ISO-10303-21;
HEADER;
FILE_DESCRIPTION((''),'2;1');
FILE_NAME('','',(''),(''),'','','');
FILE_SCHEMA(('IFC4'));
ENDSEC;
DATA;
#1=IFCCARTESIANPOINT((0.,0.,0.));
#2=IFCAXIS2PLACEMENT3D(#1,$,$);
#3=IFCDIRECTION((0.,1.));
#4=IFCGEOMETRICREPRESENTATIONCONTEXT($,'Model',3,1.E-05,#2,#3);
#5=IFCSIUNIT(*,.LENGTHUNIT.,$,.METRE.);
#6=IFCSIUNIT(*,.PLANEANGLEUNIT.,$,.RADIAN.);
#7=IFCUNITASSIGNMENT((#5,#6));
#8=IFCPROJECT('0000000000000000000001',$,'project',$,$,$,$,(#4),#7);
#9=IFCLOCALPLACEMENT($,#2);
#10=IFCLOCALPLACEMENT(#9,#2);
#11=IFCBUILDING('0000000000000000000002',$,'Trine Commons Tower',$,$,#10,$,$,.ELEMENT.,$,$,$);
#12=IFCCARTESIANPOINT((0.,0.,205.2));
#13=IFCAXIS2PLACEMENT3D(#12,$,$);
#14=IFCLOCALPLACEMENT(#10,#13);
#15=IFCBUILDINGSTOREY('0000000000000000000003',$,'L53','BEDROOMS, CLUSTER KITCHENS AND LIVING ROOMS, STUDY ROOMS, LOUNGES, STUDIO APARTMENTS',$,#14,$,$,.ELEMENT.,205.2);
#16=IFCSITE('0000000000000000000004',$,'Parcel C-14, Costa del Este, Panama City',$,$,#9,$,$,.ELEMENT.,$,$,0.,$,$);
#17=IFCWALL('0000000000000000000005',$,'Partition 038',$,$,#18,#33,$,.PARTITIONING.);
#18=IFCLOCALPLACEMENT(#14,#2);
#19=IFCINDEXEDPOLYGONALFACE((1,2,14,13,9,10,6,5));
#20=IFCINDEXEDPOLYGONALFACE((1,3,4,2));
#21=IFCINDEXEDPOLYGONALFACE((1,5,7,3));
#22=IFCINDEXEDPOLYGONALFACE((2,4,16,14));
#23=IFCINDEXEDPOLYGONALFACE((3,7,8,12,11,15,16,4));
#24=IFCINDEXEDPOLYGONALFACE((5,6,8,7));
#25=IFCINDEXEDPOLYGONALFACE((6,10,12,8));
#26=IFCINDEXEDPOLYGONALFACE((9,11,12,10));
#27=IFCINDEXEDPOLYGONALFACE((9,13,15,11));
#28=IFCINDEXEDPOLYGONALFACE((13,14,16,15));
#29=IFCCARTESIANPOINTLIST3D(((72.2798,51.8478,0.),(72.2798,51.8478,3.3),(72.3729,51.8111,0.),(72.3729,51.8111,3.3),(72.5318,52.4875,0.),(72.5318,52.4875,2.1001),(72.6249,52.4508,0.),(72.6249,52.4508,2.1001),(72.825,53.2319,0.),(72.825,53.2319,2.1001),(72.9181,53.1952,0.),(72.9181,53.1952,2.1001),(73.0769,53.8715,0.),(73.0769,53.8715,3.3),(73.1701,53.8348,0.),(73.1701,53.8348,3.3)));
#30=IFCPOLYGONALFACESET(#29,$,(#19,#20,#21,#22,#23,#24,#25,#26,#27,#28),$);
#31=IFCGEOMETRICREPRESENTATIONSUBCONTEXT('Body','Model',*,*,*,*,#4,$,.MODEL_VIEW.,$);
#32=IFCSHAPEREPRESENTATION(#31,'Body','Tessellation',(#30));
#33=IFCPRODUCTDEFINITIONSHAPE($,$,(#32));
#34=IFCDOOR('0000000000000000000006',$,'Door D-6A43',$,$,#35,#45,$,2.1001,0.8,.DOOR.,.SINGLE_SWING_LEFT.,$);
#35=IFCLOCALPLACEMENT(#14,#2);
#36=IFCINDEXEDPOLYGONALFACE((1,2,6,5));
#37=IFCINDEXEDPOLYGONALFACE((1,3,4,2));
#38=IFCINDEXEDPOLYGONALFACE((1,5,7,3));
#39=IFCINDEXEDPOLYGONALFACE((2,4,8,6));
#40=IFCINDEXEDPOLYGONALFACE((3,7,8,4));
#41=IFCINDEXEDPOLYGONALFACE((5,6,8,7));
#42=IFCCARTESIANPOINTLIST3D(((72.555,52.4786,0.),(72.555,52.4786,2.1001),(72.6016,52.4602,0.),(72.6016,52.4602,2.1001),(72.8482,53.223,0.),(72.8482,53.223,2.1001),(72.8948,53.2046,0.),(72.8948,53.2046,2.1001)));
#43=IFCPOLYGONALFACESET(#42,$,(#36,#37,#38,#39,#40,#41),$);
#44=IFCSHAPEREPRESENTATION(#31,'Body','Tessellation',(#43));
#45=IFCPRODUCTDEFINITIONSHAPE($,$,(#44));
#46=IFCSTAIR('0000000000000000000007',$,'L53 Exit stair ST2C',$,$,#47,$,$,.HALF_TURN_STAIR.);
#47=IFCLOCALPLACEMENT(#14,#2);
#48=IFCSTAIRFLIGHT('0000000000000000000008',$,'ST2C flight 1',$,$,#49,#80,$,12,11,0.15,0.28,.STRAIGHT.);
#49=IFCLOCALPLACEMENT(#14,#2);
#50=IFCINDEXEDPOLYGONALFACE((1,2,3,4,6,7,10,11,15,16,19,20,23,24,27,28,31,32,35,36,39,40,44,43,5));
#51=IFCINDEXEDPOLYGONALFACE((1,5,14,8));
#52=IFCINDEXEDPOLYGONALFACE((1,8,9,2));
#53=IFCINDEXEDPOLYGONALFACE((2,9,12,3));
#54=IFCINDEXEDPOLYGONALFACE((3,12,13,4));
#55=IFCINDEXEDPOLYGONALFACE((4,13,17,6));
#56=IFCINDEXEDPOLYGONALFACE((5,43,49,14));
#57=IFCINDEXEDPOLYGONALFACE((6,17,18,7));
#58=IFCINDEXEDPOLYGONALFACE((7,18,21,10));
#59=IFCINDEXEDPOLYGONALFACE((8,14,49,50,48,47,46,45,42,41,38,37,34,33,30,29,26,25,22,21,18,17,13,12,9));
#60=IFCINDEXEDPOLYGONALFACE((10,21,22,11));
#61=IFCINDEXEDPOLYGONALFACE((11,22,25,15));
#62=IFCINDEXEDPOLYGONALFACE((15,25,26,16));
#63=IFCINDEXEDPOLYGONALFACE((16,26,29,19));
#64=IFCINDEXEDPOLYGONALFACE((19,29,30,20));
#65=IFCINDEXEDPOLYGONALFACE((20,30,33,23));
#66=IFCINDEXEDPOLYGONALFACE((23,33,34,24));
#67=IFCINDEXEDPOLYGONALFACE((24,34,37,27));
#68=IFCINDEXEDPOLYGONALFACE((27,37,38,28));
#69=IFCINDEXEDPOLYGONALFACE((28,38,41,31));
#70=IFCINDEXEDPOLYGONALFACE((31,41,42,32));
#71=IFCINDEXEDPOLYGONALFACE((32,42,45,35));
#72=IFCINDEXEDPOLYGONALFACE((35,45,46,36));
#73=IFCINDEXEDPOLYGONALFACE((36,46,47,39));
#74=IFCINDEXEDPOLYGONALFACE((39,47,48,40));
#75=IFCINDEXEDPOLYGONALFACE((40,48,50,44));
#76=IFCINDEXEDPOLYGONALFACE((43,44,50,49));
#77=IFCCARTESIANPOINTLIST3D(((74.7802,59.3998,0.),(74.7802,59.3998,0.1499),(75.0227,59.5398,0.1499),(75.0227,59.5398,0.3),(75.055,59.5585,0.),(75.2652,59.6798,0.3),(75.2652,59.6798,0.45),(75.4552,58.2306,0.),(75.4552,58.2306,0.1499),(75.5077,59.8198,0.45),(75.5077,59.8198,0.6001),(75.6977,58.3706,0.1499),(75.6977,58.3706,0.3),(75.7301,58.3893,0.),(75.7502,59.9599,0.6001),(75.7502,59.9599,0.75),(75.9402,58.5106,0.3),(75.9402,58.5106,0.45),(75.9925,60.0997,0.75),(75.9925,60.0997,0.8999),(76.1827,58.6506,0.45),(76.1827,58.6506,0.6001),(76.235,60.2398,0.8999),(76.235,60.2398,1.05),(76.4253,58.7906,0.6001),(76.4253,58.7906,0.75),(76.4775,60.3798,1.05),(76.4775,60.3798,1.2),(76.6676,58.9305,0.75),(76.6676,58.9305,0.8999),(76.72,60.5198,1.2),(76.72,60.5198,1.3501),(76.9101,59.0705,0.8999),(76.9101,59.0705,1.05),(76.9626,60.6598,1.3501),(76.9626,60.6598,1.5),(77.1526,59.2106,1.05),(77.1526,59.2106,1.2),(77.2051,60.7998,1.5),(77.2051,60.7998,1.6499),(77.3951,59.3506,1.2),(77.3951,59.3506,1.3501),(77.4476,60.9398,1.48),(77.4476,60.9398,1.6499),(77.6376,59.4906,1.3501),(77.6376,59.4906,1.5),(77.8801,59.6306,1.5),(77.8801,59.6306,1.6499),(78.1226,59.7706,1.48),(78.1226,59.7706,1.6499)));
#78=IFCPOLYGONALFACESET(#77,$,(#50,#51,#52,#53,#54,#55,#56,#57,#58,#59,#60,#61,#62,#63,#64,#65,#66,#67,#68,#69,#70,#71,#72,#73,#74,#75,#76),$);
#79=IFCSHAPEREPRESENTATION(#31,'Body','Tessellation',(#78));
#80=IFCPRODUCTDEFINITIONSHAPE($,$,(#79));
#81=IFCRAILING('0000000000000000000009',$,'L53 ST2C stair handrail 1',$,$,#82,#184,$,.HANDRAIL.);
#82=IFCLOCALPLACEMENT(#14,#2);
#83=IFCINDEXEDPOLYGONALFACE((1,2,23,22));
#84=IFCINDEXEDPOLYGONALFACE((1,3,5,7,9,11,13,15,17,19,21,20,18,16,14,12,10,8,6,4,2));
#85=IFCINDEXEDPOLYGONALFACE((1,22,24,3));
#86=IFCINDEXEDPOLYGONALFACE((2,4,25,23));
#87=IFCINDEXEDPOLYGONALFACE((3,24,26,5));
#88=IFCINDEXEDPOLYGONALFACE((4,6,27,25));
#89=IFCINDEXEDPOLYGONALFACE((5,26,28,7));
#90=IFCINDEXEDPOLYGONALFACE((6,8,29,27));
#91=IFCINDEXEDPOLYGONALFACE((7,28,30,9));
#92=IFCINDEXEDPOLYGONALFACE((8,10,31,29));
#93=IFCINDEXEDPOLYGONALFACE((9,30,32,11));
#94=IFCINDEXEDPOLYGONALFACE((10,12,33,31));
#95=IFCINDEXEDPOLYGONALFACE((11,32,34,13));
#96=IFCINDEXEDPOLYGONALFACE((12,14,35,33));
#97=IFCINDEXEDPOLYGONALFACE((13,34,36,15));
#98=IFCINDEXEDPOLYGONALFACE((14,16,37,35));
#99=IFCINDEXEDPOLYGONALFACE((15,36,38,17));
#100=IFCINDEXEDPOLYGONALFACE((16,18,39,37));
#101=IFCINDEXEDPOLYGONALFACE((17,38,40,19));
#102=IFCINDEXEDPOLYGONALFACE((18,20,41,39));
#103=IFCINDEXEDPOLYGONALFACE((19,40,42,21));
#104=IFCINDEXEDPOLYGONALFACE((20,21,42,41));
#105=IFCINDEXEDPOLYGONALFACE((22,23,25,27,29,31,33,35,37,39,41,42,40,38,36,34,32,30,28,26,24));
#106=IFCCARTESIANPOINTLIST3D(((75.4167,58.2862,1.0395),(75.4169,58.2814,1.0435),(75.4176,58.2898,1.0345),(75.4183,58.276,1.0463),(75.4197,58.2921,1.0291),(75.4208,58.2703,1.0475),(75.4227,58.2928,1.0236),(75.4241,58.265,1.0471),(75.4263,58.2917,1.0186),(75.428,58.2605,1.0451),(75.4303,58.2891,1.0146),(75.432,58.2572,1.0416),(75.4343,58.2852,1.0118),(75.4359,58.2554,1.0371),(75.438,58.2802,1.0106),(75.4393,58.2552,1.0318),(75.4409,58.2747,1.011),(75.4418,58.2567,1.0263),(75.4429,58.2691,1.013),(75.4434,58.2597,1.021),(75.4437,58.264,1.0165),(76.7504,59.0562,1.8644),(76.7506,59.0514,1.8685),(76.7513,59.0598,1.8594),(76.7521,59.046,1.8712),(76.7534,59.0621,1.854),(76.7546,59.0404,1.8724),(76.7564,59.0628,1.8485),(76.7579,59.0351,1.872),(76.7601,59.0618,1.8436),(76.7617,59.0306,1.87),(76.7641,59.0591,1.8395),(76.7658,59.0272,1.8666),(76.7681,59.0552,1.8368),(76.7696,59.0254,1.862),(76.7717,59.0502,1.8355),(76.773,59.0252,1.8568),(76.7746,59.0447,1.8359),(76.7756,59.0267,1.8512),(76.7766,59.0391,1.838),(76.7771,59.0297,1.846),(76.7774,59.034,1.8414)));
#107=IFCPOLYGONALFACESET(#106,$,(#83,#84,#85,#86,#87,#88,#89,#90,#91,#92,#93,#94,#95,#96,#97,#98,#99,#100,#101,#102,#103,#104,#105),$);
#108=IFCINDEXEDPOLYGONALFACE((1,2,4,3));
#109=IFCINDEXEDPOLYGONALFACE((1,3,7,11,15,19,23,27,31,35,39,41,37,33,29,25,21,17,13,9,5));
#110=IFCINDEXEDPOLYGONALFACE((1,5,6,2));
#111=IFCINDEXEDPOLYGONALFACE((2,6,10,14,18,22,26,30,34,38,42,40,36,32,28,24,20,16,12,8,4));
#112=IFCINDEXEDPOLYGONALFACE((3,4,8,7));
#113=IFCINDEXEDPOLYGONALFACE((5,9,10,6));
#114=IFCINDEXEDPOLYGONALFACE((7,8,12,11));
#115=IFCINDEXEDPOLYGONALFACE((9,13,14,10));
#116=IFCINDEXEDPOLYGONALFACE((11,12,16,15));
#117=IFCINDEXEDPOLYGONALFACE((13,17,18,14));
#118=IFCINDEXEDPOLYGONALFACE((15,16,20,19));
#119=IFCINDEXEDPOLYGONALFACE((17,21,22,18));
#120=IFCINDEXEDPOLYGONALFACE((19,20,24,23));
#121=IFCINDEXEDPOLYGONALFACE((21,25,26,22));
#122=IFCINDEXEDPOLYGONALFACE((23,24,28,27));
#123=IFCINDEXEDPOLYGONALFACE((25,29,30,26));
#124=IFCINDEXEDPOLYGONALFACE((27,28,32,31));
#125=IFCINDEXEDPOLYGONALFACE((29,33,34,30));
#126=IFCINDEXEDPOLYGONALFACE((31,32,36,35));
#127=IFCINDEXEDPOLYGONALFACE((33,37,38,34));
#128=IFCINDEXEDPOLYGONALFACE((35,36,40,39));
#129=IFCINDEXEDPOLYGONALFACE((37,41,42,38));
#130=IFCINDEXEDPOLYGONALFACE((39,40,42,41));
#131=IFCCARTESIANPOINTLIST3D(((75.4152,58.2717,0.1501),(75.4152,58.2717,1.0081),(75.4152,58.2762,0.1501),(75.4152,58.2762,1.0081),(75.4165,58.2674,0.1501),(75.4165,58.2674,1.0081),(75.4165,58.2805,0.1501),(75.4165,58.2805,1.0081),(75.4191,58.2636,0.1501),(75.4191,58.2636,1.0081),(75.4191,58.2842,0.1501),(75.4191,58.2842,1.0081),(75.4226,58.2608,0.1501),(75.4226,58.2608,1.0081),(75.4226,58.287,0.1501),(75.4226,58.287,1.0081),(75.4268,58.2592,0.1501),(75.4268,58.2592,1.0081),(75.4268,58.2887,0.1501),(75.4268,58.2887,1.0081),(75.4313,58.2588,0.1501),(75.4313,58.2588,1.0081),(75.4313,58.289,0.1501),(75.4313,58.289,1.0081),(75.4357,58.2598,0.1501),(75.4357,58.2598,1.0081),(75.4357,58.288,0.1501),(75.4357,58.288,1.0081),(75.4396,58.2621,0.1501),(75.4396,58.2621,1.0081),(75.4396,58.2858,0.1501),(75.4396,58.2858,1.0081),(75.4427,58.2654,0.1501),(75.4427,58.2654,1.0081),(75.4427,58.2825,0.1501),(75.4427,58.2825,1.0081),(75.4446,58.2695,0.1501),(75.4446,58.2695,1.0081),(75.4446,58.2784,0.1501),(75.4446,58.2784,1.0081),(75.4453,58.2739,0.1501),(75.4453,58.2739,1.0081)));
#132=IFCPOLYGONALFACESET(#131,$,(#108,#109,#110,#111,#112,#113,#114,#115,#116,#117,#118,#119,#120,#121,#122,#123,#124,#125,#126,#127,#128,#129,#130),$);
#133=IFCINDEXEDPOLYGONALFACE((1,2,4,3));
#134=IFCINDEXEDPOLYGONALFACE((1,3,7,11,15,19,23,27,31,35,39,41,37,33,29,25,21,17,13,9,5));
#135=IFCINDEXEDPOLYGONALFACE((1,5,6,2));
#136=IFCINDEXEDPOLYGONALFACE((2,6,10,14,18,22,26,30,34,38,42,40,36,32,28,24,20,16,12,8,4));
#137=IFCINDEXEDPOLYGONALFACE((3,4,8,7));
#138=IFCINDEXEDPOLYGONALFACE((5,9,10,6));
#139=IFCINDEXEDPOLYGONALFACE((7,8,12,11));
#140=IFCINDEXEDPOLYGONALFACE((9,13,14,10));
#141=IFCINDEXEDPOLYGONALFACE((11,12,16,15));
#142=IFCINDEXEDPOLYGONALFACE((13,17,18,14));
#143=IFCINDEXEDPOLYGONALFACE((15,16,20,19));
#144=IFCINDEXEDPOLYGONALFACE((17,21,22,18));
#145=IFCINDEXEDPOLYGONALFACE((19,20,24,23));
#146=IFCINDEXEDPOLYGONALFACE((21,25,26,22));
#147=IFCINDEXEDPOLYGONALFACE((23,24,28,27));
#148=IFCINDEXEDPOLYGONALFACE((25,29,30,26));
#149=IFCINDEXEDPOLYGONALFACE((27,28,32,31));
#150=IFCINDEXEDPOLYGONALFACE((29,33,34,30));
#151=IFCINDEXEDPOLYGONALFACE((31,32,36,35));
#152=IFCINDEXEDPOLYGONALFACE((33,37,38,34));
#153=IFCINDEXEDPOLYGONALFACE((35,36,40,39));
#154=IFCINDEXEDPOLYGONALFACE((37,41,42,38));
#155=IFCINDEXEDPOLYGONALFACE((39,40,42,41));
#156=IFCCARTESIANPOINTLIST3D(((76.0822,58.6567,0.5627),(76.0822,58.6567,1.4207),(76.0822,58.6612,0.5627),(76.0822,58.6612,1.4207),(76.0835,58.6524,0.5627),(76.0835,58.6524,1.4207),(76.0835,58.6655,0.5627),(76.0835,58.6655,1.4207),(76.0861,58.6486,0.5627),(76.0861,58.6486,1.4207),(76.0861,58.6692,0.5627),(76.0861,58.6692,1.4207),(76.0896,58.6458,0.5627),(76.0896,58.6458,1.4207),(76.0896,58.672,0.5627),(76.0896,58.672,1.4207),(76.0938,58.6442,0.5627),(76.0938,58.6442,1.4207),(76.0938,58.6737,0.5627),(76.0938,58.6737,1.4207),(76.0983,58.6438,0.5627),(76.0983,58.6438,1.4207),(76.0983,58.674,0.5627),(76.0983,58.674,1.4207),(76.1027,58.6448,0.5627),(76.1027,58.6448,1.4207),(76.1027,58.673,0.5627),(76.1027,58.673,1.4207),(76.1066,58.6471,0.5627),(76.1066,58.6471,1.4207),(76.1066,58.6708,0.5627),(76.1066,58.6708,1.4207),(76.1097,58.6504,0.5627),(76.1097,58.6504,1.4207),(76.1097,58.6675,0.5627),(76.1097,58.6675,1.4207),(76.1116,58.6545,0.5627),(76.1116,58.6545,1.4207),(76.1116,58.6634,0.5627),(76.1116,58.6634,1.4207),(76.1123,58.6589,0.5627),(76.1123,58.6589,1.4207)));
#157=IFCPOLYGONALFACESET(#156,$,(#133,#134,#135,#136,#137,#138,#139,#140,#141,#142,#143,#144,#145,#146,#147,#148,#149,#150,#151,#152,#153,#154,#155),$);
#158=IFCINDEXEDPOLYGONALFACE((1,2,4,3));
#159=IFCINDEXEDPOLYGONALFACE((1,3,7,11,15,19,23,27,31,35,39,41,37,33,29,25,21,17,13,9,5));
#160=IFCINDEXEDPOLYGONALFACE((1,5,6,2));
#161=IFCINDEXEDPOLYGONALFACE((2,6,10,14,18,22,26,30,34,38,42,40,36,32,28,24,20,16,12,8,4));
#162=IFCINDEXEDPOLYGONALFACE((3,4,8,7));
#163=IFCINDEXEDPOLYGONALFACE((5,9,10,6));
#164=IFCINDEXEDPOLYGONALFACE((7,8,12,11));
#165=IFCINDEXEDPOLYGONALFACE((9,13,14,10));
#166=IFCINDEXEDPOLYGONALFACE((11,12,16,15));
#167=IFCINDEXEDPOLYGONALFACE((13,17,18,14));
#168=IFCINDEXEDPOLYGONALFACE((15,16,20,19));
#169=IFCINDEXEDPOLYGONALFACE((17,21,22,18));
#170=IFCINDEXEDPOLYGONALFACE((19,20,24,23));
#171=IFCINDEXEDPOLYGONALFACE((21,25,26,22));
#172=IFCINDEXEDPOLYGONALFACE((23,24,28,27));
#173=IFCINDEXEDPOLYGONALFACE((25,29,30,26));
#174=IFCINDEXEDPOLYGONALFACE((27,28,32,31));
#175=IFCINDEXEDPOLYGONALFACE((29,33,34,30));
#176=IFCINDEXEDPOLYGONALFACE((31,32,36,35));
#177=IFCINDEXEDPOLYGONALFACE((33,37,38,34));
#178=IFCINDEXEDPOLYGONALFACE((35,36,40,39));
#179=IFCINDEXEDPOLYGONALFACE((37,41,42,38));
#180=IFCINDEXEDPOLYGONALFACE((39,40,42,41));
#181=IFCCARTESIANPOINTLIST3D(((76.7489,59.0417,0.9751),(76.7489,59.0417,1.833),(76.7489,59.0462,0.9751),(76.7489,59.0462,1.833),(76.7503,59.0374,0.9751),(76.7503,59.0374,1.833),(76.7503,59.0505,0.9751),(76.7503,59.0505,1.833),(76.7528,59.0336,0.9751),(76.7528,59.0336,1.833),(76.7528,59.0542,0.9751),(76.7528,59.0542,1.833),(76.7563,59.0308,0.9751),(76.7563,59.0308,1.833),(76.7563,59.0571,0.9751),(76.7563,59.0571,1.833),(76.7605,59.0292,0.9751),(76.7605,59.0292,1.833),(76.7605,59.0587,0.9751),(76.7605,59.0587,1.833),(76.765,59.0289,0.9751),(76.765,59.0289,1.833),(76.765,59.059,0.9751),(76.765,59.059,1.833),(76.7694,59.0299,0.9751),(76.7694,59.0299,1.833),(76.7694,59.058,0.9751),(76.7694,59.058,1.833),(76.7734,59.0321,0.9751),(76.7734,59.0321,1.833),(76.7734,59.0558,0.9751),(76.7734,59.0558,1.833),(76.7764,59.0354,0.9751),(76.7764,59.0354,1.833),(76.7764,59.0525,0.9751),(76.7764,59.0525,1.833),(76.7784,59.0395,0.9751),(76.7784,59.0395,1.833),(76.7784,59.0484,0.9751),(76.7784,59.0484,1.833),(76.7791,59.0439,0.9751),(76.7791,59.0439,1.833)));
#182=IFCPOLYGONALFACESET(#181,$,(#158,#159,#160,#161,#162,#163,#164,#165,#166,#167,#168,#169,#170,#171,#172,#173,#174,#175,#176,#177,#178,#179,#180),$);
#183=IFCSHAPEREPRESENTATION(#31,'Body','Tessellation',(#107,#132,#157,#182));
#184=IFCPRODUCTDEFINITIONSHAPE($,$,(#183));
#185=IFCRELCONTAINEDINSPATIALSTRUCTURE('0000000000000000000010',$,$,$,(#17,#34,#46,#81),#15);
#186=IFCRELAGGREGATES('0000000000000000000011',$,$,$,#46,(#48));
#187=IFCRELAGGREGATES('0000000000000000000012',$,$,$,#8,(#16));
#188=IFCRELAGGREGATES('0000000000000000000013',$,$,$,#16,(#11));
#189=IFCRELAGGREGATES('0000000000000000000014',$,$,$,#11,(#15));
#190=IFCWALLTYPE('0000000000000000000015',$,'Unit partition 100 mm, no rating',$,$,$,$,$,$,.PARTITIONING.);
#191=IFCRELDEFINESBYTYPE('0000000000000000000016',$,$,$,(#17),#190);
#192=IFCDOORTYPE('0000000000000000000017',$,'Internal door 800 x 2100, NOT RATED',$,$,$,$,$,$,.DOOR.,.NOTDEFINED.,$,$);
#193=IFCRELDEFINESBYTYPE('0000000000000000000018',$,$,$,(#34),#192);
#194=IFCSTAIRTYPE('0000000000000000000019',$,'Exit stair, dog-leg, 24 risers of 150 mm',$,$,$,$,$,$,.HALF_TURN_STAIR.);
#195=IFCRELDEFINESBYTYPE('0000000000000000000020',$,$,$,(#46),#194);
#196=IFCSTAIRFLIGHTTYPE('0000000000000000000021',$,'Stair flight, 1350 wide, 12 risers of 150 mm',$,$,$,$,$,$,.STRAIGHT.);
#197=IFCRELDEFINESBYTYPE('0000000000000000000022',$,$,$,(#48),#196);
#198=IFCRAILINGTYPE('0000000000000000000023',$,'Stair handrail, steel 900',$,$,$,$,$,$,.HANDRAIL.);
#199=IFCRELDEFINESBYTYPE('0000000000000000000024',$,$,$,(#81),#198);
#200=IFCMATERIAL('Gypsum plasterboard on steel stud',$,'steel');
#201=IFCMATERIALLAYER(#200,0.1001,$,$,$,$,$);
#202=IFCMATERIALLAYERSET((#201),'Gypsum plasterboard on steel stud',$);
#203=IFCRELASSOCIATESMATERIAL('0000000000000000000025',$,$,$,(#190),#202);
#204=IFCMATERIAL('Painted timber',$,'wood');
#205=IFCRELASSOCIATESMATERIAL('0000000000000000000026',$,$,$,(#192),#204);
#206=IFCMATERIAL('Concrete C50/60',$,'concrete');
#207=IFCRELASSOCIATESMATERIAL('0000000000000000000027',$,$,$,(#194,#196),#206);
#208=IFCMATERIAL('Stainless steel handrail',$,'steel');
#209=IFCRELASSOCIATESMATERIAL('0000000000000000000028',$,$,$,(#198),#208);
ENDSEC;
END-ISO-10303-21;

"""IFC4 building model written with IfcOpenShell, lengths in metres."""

from ifc_helpers import new_model, si_unit, direction, frame, frame_2d, origin, origin_2d, place, context, subcontext, project, spatial, polyline, rectangle, circle, outline, extrude, material, layer, layer_set, type_object, element, fill, aggregate, save


model = new_model("IFC4")

# Units and contexts
model_context = context("Model", 3, precision=1e-05, world=origin(), true_north=direction((0.0, 1.0)))
body_context = subcontext(model_context, "Body", "Model", "MODEL_VIEW")
ifc_project = project(units=[si_unit("LENGTHUNIT", "METRE"), si_unit("PLANEANGLEUNIT", "RADIAN")], contexts=[model_context])

# Site, building, storey
site_placement = place(None, origin())
site = spatial("IfcSite", under=ifc_project, at=site_placement, Name="Parcel C-14, Costa del Este, Panama City", CompositionType="ELEMENT", RefElevation=0.0)
building_placement = place(site_placement, origin())
building = spatial("IfcBuilding", under=site, at=building_placement, Name="Trine Commons Tower", CompositionType="ELEMENT")
storey_placement = place(building_placement, frame((0.0, 0.0, 205.2)))
storey = spatial("IfcBuildingStorey", under=building, at=storey_placement, Name="L53", Description="BEDROOMS, CLUSTER KITCHENS AND LIVING ROOMS, STUDY ROOMS, LOUNGES, STUDIO APARTMENTS", CompositionType="ELEMENT", Elevation=205.2)

# Shared definitions
ifc_material_1 = material(Name="Gypsum plasterboard on steel stud", Category="steel")

# Shared definitions
ifc_layer_1 = layer(ifc_material_1, 0.1001)
ifc_layer_set_1 = layer_set([ifc_layer_1], Name="Gypsum plasterboard on steel stud")
wall_type_1 = type_object("IfcWallType", Name="Unit partition 100 mm, no rating", PredefinedType="PARTITIONING", material=ifc_layer_set_1)
ifc_material_2 = material(Name="Painted timber", Category="wood")
door_type_1 = type_object("IfcDoorType", Name="Internal door 800 x 2100, NOT RATED", OperationType="NOTDEFINED", PredefinedType="DOOR", material=ifc_material_2)

# Wall, opening, door
wall_1_placement = place(storey_placement, frame((72.3264, 51.8296, 0.0), z_axis=(0.0, 0.0, 1.0), x_axis=(0.366489, 0.930422, 0.0)))
wall_1 = element("IfcWall", 1, at=wall_1_placement, inside=storey, type_object=wall_type_1, Name="Partition 038", PredefinedType="PARTITIONING", context=body_context, shape_type="SweptSolid", body=[
    extrude(rectangle(XDim=2.175, YDim=0.1001, at=frame_2d((1.0874, 0.0))), origin(), (0.0, 0.0, 1.0), 3.3),
])
opening_1_placement = place(wall_1_placement, frame((0.6875, 0.0, 0.0)))
opening_1 = element("IfcOpeningElement", 2, at=opening_1_placement, cuts=wall_1, PredefinedType="OPENING", context=body_context, shape_type="SweptSolid", body=[
    extrude(rectangle(XDim=0.8, YDim=2.1001, at=frame_2d((0.3999, 1.05))), frame((0.0, 0.0601, 0.0), z_axis=(0.0, -1.0, 0.0), x_axis=(1.0, 0.0, 0.0)), (0.0, 0.0, 1.0), 0.1201),
])
door_1_placement = place(opening_1_placement, frame((0.8, 0.0, 0.0), z_axis=(0.0, 0.0, 1.0), x_axis=(-1.0, 0.0, 0.0)))
door_1 = element("IfcDoor", 3, at=door_1_placement, inside=storey, type_object=door_type_1, Name="Door D-6A43", OperationType="SINGLE_SWING_LEFT", OverallHeight=2.1001, OverallWidth=0.8, PredefinedType="DOOR", context=body_context, shape_type="SweptSolid", body=[
    extrude(rectangle(XDim=0.8, YDim=2.1001, at=frame_2d((0.3999, 1.05))), frame((0.0, 0.0249, 0.0), z_axis=(0.0, -1.0, 0.0), x_axis=(1.0, 0.0, 0.0)), (0.0, 0.0, 1.0), 0.05),
])
fill(opening_1, door_1)

# Stair, stair flight
ifc_material_3 = material(Name="Concrete C50/60", Category="concrete")
stair_type = type_object("IfcStairType", Name="Exit stair, dog-leg, 24 risers of 150 mm", PredefinedType="HALF_TURN_STAIR", material=ifc_material_3)
stair_placement = place(storey_placement, origin())
stair = element("IfcStair", 4, at=stair_placement, inside=storey, type_object=stair_type, Name="L53 Exit stair ST2C", PredefinedType="HALF_TURN_STAIR")
stair_flight_type = type_object("IfcStairFlightType", Name="Stair flight, 1350 wide, 12 risers of 150 mm", PredefinedType="STRAIGHT", material=ifc_material_3)
stair_flight_placement = place(storey_placement, frame((75.1177, 58.8152, 0.0), z_axis=(0.0, 0.0, 1.0), x_axis=(0.866025, 0.5, 0.0)))
stair_flight = element("IfcStairFlight", 5, at=stair_flight_placement, type_object=stair_flight_type, Name="ST2C flight 1", NumberOfRisers=12, NumberOfTreads=11, PredefinedType="STRAIGHT", RiserHeight=0.15, TreadLength=0.28, context=body_context, shape_type="SweptSolid", body=[
    extrude(outline(polyline([(0.0, 0.0), (0.0, 0.1499), (0.28, 0.1499), (0.28, 0.3), (0.5601, 0.3), (0.5601, 0.45), (0.8401, 0.45), (0.8401, 0.6001), (1.1201, 0.6001), (1.1201, 0.75), (1.3999, 0.75), (1.3999, 0.8999), (1.6799, 0.8999), (1.6799, 1.05), (1.96, 1.05), (1.96, 1.2), (2.24, 1.2), (2.24, 1.3501), (2.52, 1.3501), (2.52, 1.5), (2.8, 1.5), (2.8, 1.6499), (3.0801, 1.6499), (3.0801, 1.8), (3.0801, 1.48), (0.3174, 0.0), (0.0, 0.0)])), frame((0.0, 0.675, 0.0), z_axis=(0.0, -1.0, 0.0), x_axis=(1.0, 0.0, 0.0)), (0.0, 0.0, 1.0), 1.3501),
])
aggregate(stair, [stair_flight])

# Railing
ifc_material_4 = material(Name="Stainless steel handrail", Category="steel")
railing_type = type_object("IfcRailingType", Name="Stair handrail, steel 900", PredefinedType="HANDRAIL", material=ifc_material_4)
for number, where, name in (
    (6, (75.4302, 58.2739, 0.1501), "L53 ST2C stair handrail 1"),
):
    element("IfcRailing", number, at=place(storey_placement, frame(where)), inside=storey, type_object=railing_type, Name=name, PredefinedType="HANDRAIL", context=body_context, shape_type="SweptSolid", body=[
        extrude(circle(Radius=0.021, at=origin_2d()), frame((0.0, 0.0, 0.8789), z_axis=(0.763405, 0.440743, 0.472185), x_axis=(-0.499992, 0.86603, 0.0)), (0.0, 0.0, 1.0), 1.7471),
        extrude(circle(Radius=0.0151, at=origin_2d()), origin(), (0.0, 0.0, 1.0), 0.8579),
        extrude(circle(Radius=0.0151, at=origin_2d()), frame((0.667, 0.385, 0.4126)), (0.0, 0.0, 1.0), 0.8579),
        extrude(circle(Radius=0.0151, at=origin_2d()), frame((1.3337, 0.77, 0.825)), (0.0, 0.0, 1.0), 0.8579),
    ])

save(model, "model.ifc")
